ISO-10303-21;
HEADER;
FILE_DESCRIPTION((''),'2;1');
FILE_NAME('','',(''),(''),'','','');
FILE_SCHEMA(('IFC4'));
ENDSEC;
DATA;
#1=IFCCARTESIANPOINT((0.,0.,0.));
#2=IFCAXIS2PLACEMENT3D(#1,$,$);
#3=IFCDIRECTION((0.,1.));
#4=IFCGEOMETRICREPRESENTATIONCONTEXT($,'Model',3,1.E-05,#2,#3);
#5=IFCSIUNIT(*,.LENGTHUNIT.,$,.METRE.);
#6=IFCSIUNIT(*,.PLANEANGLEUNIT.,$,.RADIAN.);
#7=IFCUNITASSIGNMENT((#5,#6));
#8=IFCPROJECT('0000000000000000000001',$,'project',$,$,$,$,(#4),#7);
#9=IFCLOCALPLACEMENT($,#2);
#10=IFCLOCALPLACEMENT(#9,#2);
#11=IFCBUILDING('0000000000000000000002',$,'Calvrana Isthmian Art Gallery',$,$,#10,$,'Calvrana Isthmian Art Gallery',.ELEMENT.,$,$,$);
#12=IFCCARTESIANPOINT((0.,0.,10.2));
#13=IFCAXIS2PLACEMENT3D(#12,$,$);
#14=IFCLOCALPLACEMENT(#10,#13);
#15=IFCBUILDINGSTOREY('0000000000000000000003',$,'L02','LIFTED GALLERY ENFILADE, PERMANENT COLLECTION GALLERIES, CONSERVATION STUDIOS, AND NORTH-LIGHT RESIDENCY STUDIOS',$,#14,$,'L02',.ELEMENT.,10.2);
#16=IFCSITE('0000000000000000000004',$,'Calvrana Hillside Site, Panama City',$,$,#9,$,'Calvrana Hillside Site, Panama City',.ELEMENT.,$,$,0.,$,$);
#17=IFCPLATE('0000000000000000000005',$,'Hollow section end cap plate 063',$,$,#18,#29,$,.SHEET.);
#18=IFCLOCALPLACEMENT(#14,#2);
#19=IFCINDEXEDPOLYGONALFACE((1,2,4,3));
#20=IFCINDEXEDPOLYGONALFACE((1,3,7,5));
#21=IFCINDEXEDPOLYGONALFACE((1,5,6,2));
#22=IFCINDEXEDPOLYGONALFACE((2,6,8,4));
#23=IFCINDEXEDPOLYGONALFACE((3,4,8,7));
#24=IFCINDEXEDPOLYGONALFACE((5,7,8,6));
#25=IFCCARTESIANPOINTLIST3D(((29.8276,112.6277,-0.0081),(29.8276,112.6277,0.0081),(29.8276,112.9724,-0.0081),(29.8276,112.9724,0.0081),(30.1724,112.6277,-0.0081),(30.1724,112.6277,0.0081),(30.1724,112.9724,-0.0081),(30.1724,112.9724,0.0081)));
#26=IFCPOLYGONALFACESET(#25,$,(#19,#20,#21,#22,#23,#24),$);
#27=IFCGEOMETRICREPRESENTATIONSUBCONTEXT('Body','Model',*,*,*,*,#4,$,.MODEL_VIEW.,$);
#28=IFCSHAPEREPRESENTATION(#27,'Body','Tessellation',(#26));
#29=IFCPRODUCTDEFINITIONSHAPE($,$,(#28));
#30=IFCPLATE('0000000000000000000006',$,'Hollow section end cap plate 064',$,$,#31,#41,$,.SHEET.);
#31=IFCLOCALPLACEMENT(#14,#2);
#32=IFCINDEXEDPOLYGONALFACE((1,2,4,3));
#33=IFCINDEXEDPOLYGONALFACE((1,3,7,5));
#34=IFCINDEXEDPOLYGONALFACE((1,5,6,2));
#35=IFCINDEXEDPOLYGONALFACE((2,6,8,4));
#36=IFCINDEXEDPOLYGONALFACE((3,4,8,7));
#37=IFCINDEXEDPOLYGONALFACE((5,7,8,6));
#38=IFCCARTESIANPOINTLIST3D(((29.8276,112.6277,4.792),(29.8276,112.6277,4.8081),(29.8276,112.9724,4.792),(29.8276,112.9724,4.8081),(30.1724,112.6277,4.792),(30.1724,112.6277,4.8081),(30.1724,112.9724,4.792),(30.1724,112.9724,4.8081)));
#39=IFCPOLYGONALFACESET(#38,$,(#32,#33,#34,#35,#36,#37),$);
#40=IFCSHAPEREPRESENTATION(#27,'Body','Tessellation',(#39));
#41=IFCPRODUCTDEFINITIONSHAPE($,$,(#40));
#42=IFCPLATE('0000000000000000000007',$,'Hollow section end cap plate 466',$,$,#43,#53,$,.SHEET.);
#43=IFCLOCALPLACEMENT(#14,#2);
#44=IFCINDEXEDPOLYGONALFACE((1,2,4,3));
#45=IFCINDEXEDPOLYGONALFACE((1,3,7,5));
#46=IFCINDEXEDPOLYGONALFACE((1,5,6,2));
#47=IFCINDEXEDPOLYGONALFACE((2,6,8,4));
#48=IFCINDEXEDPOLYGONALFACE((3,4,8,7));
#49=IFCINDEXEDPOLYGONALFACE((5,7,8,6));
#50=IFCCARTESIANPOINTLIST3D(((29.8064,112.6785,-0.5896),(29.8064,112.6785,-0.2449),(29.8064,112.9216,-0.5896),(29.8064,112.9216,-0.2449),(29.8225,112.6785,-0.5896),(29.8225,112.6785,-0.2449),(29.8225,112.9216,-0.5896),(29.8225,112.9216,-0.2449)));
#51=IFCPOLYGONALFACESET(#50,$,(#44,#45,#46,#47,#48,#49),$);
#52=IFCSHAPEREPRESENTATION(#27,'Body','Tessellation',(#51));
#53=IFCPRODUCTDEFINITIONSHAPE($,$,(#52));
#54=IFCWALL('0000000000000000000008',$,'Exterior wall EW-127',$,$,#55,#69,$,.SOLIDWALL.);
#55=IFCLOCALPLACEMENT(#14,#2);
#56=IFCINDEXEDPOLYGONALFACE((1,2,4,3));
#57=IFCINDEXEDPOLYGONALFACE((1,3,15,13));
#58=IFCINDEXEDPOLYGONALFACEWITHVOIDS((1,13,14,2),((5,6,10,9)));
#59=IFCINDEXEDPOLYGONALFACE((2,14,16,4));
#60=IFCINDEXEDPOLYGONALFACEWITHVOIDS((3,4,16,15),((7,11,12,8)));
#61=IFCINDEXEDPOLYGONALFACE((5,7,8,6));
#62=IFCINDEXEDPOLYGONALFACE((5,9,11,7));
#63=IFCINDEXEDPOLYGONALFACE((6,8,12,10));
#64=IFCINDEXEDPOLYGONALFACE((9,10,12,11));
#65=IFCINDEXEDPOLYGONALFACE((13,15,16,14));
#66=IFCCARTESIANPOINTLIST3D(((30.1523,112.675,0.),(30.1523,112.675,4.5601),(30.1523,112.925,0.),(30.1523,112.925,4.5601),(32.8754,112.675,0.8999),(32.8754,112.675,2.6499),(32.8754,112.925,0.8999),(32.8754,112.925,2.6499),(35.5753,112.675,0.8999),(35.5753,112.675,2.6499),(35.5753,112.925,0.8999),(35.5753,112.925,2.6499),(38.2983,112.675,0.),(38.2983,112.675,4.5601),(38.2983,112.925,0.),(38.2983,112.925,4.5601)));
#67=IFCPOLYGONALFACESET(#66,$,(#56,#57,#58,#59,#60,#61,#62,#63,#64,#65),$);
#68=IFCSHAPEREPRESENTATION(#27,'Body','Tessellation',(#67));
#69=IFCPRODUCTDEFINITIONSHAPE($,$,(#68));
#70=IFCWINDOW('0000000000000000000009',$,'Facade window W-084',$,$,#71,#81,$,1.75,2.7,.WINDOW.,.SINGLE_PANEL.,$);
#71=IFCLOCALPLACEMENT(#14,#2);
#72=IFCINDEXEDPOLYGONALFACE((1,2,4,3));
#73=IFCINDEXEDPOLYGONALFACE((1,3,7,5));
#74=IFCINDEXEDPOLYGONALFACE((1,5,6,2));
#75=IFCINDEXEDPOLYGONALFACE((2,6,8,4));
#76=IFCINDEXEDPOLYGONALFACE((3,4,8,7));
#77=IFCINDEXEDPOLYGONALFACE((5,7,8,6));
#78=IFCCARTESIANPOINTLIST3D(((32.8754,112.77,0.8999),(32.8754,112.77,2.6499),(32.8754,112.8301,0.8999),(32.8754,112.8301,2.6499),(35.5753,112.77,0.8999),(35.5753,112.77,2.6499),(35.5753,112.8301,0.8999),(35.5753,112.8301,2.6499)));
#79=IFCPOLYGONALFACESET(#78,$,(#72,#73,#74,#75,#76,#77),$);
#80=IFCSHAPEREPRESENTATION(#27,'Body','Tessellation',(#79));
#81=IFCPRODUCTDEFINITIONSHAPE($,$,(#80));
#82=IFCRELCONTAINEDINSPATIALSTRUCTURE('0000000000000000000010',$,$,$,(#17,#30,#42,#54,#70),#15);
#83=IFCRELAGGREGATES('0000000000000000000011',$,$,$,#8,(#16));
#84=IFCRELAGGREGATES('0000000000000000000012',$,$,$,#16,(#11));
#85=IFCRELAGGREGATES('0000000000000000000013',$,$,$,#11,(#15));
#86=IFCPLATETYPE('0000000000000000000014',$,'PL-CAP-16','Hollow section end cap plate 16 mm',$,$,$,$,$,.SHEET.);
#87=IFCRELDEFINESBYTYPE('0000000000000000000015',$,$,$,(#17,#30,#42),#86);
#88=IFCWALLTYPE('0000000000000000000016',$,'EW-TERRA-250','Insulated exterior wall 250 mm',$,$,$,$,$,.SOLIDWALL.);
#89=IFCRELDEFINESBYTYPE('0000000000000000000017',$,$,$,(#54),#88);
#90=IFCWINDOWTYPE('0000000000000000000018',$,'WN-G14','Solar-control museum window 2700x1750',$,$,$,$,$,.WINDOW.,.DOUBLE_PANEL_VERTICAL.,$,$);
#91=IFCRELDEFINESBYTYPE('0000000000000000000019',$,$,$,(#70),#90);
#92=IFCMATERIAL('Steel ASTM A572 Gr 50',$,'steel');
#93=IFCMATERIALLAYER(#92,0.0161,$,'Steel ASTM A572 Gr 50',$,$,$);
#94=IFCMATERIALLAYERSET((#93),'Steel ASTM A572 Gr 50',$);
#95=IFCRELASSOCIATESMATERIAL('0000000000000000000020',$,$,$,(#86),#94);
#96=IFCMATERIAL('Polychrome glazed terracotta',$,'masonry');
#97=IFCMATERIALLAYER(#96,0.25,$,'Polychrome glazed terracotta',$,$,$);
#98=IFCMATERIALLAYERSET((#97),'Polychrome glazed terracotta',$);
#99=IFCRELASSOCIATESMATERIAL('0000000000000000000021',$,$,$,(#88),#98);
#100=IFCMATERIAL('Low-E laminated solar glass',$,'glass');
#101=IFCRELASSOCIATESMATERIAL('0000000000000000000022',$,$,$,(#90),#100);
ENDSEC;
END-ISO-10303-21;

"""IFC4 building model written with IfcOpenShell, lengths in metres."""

from ifc_helpers import new_model, si_unit, direction, frame, frame_2d, origin, origin_2d, place, context, subcontext, project, spatial, rectangle, extrude, material, layer, layer_set, type_object, element, fill, save


model = new_model("IFC4")

# Units and contexts
model_context = context("Model", 3, precision=1e-05, world=origin(), true_north=direction((0.0, 1.0)))
body_context = subcontext(model_context, "Body", "Model", "MODEL_VIEW")
ifc_project = project(units=[si_unit("LENGTHUNIT", "METRE"), si_unit("PLANEANGLEUNIT", "RADIAN")], contexts=[model_context])

# Site, building, storey
site_placement = place(None, origin())
site = spatial("IfcSite", under=ifc_project, at=site_placement, Name="Calvrana Hillside Site, Panama City", LongName="Calvrana Hillside Site, Panama City", CompositionType="ELEMENT", RefElevation=0.0)
building_placement = place(site_placement, origin())
building = spatial("IfcBuilding", under=site, at=building_placement, Name="Calvrana Isthmian Art Gallery", LongName="Calvrana Isthmian Art Gallery", CompositionType="ELEMENT")
storey_placement = place(building_placement, frame((0.0, 0.0, 10.2)))
storey = spatial("IfcBuildingStorey", under=building, at=storey_placement, Name="L02", Description="LIFTED GALLERY ENFILADE, PERMANENT COLLECTION GALLERIES, CONSERVATION STUDIOS, AND NORTH-LIGHT RESIDENCY STUDIOS", LongName="L02", CompositionType="ELEMENT", Elevation=10.2)

# Shared definitions
ifc_material_1 = material(Name="Low-E laminated solar glass", Category="glass")

# Plates
ifc_material_2 = material(Name="Steel ASTM A572 Gr 50", Category="steel")
ifc_layer_1 = layer(ifc_material_2, 0.0161, Name="Steel ASTM A572 Gr 50")
ifc_layer_set_1 = layer_set([ifc_layer_1], Name="Steel ASTM A572 Gr 50")
plate_type_1 = type_object("IfcPlateType", Name="PL-CAP-16", Description="Hollow section end cap plate 16 mm", PredefinedType="SHEET", material=ifc_layer_set_1)
for number, where, z_axis, x_axis, name in (
    (1, (30.0, 112.8, -0.0081), (0.0, 0.0, 1.0), (1.0, 0.0, 0.0), "Hollow section end cap plate 063"),
    (2, (30.0, 112.8, 4.792), (0.0, 0.0, 1.0), (1.0, 0.0, 0.0), "Hollow section end cap plate 064"),
):
    element("IfcPlate", number, at=place(storey_placement, frame(where, z_axis=z_axis, x_axis=x_axis)), inside=storey, type_object=plate_type_1, Name=name, PredefinedType="SHEET", context=body_context, shape_type="SweptSolid", body=[
        extrude(rectangle(XDim=0.3447, YDim=0.3447, at=origin_2d()), origin(), (0.0, 0.0, 1.0), 0.0161),
    ])
plate_1_placement = place(storey_placement, frame((29.8145, 112.8, -0.5896), z_axis=(0.0, 0.0, 1.0), x_axis=(1.0, 0.0, 0.0)))
element("IfcPlate", 3, at=plate_1_placement, inside=storey, type_object=plate_type_1, Name="Hollow section end cap plate 466", PredefinedType="SHEET", context=body_context, shape_type="SweptSolid", body=[
    extrude(rectangle(XDim=0.0161, YDim=0.2432, at=origin_2d()), origin(), (0.0, 0.0, 1.0), 0.3447),
])

# Wall, opening, window
ifc_material_3 = material(Name="Polychrome glazed terracotta", Category="masonry")
ifc_layer_2 = layer(ifc_material_3, 0.25, Name="Polychrome glazed terracotta")
ifc_layer_set_2 = layer_set([ifc_layer_2], Name="Polychrome glazed terracotta")
wall_type = type_object("IfcWallType", Name="EW-TERRA-250", Description="Insulated exterior wall 250 mm", PredefinedType="SOLIDWALL", material=ifc_layer_set_2)
wall_placement = place(storey_placement, frame((30.1523, 112.8, 0.0), z_axis=(0.0, 0.0, 1.0), x_axis=(1.0, 0.0, 0.0)))
wall = element("IfcWall", 4, at=wall_placement, inside=storey, type_object=wall_type, Name="Exterior wall EW-127", PredefinedType="SOLIDWALL", context=body_context, shape_type="SweptSolid", body=[
    extrude(rectangle(XDim=8.146, YDim=0.25, at=frame_2d((4.073, 0.0))), origin(), (0.0, 0.0, 1.0), 4.5601),
])
opening_placement = place(wall_placement, frame((2.7229, 0.0, 0.8999)))
opening = element("IfcOpeningElement", 5, at=opening_placement, cuts=wall, PredefinedType="OPENING", context=body_context, shape_type="SweptSolid", body=[
    extrude(rectangle(XDim=2.7, YDim=1.75, at=frame_2d((1.3501, 0.875))), frame((0.0, 0.1353, 0.0), z_axis=(0.0, -1.0, 0.0), x_axis=(1.0, 0.0, 0.0)), (0.0, 0.0, 1.0), 0.2705),
])
window_type = type_object("IfcWindowType", Name="WN-G14", Description="Solar-control museum window 2700x1750", PartitioningType="DOUBLE_PANEL_VERTICAL", PredefinedType="WINDOW", material=ifc_material_1)
window_placement = place(opening_placement, origin())
window = element("IfcWindow", 6, at=window_placement, inside=storey, type_object=window_type, Name="Facade window W-084", OverallHeight=1.75, OverallWidth=2.7, PartitioningType="SINGLE_PANEL", PredefinedType="WINDOW", context=body_context, shape_type="SweptSolid", body=[
    extrude(rectangle(XDim=2.7, YDim=1.75, at=frame_2d((1.3501, 0.875))), frame((0.0, 0.03, 0.0), z_axis=(0.0, -1.0, 0.0), x_axis=(1.0, 0.0, 0.0)), (0.0, 0.0, 1.0), 0.0601),
])
fill(opening, window)

save(model, "model.ifc")
